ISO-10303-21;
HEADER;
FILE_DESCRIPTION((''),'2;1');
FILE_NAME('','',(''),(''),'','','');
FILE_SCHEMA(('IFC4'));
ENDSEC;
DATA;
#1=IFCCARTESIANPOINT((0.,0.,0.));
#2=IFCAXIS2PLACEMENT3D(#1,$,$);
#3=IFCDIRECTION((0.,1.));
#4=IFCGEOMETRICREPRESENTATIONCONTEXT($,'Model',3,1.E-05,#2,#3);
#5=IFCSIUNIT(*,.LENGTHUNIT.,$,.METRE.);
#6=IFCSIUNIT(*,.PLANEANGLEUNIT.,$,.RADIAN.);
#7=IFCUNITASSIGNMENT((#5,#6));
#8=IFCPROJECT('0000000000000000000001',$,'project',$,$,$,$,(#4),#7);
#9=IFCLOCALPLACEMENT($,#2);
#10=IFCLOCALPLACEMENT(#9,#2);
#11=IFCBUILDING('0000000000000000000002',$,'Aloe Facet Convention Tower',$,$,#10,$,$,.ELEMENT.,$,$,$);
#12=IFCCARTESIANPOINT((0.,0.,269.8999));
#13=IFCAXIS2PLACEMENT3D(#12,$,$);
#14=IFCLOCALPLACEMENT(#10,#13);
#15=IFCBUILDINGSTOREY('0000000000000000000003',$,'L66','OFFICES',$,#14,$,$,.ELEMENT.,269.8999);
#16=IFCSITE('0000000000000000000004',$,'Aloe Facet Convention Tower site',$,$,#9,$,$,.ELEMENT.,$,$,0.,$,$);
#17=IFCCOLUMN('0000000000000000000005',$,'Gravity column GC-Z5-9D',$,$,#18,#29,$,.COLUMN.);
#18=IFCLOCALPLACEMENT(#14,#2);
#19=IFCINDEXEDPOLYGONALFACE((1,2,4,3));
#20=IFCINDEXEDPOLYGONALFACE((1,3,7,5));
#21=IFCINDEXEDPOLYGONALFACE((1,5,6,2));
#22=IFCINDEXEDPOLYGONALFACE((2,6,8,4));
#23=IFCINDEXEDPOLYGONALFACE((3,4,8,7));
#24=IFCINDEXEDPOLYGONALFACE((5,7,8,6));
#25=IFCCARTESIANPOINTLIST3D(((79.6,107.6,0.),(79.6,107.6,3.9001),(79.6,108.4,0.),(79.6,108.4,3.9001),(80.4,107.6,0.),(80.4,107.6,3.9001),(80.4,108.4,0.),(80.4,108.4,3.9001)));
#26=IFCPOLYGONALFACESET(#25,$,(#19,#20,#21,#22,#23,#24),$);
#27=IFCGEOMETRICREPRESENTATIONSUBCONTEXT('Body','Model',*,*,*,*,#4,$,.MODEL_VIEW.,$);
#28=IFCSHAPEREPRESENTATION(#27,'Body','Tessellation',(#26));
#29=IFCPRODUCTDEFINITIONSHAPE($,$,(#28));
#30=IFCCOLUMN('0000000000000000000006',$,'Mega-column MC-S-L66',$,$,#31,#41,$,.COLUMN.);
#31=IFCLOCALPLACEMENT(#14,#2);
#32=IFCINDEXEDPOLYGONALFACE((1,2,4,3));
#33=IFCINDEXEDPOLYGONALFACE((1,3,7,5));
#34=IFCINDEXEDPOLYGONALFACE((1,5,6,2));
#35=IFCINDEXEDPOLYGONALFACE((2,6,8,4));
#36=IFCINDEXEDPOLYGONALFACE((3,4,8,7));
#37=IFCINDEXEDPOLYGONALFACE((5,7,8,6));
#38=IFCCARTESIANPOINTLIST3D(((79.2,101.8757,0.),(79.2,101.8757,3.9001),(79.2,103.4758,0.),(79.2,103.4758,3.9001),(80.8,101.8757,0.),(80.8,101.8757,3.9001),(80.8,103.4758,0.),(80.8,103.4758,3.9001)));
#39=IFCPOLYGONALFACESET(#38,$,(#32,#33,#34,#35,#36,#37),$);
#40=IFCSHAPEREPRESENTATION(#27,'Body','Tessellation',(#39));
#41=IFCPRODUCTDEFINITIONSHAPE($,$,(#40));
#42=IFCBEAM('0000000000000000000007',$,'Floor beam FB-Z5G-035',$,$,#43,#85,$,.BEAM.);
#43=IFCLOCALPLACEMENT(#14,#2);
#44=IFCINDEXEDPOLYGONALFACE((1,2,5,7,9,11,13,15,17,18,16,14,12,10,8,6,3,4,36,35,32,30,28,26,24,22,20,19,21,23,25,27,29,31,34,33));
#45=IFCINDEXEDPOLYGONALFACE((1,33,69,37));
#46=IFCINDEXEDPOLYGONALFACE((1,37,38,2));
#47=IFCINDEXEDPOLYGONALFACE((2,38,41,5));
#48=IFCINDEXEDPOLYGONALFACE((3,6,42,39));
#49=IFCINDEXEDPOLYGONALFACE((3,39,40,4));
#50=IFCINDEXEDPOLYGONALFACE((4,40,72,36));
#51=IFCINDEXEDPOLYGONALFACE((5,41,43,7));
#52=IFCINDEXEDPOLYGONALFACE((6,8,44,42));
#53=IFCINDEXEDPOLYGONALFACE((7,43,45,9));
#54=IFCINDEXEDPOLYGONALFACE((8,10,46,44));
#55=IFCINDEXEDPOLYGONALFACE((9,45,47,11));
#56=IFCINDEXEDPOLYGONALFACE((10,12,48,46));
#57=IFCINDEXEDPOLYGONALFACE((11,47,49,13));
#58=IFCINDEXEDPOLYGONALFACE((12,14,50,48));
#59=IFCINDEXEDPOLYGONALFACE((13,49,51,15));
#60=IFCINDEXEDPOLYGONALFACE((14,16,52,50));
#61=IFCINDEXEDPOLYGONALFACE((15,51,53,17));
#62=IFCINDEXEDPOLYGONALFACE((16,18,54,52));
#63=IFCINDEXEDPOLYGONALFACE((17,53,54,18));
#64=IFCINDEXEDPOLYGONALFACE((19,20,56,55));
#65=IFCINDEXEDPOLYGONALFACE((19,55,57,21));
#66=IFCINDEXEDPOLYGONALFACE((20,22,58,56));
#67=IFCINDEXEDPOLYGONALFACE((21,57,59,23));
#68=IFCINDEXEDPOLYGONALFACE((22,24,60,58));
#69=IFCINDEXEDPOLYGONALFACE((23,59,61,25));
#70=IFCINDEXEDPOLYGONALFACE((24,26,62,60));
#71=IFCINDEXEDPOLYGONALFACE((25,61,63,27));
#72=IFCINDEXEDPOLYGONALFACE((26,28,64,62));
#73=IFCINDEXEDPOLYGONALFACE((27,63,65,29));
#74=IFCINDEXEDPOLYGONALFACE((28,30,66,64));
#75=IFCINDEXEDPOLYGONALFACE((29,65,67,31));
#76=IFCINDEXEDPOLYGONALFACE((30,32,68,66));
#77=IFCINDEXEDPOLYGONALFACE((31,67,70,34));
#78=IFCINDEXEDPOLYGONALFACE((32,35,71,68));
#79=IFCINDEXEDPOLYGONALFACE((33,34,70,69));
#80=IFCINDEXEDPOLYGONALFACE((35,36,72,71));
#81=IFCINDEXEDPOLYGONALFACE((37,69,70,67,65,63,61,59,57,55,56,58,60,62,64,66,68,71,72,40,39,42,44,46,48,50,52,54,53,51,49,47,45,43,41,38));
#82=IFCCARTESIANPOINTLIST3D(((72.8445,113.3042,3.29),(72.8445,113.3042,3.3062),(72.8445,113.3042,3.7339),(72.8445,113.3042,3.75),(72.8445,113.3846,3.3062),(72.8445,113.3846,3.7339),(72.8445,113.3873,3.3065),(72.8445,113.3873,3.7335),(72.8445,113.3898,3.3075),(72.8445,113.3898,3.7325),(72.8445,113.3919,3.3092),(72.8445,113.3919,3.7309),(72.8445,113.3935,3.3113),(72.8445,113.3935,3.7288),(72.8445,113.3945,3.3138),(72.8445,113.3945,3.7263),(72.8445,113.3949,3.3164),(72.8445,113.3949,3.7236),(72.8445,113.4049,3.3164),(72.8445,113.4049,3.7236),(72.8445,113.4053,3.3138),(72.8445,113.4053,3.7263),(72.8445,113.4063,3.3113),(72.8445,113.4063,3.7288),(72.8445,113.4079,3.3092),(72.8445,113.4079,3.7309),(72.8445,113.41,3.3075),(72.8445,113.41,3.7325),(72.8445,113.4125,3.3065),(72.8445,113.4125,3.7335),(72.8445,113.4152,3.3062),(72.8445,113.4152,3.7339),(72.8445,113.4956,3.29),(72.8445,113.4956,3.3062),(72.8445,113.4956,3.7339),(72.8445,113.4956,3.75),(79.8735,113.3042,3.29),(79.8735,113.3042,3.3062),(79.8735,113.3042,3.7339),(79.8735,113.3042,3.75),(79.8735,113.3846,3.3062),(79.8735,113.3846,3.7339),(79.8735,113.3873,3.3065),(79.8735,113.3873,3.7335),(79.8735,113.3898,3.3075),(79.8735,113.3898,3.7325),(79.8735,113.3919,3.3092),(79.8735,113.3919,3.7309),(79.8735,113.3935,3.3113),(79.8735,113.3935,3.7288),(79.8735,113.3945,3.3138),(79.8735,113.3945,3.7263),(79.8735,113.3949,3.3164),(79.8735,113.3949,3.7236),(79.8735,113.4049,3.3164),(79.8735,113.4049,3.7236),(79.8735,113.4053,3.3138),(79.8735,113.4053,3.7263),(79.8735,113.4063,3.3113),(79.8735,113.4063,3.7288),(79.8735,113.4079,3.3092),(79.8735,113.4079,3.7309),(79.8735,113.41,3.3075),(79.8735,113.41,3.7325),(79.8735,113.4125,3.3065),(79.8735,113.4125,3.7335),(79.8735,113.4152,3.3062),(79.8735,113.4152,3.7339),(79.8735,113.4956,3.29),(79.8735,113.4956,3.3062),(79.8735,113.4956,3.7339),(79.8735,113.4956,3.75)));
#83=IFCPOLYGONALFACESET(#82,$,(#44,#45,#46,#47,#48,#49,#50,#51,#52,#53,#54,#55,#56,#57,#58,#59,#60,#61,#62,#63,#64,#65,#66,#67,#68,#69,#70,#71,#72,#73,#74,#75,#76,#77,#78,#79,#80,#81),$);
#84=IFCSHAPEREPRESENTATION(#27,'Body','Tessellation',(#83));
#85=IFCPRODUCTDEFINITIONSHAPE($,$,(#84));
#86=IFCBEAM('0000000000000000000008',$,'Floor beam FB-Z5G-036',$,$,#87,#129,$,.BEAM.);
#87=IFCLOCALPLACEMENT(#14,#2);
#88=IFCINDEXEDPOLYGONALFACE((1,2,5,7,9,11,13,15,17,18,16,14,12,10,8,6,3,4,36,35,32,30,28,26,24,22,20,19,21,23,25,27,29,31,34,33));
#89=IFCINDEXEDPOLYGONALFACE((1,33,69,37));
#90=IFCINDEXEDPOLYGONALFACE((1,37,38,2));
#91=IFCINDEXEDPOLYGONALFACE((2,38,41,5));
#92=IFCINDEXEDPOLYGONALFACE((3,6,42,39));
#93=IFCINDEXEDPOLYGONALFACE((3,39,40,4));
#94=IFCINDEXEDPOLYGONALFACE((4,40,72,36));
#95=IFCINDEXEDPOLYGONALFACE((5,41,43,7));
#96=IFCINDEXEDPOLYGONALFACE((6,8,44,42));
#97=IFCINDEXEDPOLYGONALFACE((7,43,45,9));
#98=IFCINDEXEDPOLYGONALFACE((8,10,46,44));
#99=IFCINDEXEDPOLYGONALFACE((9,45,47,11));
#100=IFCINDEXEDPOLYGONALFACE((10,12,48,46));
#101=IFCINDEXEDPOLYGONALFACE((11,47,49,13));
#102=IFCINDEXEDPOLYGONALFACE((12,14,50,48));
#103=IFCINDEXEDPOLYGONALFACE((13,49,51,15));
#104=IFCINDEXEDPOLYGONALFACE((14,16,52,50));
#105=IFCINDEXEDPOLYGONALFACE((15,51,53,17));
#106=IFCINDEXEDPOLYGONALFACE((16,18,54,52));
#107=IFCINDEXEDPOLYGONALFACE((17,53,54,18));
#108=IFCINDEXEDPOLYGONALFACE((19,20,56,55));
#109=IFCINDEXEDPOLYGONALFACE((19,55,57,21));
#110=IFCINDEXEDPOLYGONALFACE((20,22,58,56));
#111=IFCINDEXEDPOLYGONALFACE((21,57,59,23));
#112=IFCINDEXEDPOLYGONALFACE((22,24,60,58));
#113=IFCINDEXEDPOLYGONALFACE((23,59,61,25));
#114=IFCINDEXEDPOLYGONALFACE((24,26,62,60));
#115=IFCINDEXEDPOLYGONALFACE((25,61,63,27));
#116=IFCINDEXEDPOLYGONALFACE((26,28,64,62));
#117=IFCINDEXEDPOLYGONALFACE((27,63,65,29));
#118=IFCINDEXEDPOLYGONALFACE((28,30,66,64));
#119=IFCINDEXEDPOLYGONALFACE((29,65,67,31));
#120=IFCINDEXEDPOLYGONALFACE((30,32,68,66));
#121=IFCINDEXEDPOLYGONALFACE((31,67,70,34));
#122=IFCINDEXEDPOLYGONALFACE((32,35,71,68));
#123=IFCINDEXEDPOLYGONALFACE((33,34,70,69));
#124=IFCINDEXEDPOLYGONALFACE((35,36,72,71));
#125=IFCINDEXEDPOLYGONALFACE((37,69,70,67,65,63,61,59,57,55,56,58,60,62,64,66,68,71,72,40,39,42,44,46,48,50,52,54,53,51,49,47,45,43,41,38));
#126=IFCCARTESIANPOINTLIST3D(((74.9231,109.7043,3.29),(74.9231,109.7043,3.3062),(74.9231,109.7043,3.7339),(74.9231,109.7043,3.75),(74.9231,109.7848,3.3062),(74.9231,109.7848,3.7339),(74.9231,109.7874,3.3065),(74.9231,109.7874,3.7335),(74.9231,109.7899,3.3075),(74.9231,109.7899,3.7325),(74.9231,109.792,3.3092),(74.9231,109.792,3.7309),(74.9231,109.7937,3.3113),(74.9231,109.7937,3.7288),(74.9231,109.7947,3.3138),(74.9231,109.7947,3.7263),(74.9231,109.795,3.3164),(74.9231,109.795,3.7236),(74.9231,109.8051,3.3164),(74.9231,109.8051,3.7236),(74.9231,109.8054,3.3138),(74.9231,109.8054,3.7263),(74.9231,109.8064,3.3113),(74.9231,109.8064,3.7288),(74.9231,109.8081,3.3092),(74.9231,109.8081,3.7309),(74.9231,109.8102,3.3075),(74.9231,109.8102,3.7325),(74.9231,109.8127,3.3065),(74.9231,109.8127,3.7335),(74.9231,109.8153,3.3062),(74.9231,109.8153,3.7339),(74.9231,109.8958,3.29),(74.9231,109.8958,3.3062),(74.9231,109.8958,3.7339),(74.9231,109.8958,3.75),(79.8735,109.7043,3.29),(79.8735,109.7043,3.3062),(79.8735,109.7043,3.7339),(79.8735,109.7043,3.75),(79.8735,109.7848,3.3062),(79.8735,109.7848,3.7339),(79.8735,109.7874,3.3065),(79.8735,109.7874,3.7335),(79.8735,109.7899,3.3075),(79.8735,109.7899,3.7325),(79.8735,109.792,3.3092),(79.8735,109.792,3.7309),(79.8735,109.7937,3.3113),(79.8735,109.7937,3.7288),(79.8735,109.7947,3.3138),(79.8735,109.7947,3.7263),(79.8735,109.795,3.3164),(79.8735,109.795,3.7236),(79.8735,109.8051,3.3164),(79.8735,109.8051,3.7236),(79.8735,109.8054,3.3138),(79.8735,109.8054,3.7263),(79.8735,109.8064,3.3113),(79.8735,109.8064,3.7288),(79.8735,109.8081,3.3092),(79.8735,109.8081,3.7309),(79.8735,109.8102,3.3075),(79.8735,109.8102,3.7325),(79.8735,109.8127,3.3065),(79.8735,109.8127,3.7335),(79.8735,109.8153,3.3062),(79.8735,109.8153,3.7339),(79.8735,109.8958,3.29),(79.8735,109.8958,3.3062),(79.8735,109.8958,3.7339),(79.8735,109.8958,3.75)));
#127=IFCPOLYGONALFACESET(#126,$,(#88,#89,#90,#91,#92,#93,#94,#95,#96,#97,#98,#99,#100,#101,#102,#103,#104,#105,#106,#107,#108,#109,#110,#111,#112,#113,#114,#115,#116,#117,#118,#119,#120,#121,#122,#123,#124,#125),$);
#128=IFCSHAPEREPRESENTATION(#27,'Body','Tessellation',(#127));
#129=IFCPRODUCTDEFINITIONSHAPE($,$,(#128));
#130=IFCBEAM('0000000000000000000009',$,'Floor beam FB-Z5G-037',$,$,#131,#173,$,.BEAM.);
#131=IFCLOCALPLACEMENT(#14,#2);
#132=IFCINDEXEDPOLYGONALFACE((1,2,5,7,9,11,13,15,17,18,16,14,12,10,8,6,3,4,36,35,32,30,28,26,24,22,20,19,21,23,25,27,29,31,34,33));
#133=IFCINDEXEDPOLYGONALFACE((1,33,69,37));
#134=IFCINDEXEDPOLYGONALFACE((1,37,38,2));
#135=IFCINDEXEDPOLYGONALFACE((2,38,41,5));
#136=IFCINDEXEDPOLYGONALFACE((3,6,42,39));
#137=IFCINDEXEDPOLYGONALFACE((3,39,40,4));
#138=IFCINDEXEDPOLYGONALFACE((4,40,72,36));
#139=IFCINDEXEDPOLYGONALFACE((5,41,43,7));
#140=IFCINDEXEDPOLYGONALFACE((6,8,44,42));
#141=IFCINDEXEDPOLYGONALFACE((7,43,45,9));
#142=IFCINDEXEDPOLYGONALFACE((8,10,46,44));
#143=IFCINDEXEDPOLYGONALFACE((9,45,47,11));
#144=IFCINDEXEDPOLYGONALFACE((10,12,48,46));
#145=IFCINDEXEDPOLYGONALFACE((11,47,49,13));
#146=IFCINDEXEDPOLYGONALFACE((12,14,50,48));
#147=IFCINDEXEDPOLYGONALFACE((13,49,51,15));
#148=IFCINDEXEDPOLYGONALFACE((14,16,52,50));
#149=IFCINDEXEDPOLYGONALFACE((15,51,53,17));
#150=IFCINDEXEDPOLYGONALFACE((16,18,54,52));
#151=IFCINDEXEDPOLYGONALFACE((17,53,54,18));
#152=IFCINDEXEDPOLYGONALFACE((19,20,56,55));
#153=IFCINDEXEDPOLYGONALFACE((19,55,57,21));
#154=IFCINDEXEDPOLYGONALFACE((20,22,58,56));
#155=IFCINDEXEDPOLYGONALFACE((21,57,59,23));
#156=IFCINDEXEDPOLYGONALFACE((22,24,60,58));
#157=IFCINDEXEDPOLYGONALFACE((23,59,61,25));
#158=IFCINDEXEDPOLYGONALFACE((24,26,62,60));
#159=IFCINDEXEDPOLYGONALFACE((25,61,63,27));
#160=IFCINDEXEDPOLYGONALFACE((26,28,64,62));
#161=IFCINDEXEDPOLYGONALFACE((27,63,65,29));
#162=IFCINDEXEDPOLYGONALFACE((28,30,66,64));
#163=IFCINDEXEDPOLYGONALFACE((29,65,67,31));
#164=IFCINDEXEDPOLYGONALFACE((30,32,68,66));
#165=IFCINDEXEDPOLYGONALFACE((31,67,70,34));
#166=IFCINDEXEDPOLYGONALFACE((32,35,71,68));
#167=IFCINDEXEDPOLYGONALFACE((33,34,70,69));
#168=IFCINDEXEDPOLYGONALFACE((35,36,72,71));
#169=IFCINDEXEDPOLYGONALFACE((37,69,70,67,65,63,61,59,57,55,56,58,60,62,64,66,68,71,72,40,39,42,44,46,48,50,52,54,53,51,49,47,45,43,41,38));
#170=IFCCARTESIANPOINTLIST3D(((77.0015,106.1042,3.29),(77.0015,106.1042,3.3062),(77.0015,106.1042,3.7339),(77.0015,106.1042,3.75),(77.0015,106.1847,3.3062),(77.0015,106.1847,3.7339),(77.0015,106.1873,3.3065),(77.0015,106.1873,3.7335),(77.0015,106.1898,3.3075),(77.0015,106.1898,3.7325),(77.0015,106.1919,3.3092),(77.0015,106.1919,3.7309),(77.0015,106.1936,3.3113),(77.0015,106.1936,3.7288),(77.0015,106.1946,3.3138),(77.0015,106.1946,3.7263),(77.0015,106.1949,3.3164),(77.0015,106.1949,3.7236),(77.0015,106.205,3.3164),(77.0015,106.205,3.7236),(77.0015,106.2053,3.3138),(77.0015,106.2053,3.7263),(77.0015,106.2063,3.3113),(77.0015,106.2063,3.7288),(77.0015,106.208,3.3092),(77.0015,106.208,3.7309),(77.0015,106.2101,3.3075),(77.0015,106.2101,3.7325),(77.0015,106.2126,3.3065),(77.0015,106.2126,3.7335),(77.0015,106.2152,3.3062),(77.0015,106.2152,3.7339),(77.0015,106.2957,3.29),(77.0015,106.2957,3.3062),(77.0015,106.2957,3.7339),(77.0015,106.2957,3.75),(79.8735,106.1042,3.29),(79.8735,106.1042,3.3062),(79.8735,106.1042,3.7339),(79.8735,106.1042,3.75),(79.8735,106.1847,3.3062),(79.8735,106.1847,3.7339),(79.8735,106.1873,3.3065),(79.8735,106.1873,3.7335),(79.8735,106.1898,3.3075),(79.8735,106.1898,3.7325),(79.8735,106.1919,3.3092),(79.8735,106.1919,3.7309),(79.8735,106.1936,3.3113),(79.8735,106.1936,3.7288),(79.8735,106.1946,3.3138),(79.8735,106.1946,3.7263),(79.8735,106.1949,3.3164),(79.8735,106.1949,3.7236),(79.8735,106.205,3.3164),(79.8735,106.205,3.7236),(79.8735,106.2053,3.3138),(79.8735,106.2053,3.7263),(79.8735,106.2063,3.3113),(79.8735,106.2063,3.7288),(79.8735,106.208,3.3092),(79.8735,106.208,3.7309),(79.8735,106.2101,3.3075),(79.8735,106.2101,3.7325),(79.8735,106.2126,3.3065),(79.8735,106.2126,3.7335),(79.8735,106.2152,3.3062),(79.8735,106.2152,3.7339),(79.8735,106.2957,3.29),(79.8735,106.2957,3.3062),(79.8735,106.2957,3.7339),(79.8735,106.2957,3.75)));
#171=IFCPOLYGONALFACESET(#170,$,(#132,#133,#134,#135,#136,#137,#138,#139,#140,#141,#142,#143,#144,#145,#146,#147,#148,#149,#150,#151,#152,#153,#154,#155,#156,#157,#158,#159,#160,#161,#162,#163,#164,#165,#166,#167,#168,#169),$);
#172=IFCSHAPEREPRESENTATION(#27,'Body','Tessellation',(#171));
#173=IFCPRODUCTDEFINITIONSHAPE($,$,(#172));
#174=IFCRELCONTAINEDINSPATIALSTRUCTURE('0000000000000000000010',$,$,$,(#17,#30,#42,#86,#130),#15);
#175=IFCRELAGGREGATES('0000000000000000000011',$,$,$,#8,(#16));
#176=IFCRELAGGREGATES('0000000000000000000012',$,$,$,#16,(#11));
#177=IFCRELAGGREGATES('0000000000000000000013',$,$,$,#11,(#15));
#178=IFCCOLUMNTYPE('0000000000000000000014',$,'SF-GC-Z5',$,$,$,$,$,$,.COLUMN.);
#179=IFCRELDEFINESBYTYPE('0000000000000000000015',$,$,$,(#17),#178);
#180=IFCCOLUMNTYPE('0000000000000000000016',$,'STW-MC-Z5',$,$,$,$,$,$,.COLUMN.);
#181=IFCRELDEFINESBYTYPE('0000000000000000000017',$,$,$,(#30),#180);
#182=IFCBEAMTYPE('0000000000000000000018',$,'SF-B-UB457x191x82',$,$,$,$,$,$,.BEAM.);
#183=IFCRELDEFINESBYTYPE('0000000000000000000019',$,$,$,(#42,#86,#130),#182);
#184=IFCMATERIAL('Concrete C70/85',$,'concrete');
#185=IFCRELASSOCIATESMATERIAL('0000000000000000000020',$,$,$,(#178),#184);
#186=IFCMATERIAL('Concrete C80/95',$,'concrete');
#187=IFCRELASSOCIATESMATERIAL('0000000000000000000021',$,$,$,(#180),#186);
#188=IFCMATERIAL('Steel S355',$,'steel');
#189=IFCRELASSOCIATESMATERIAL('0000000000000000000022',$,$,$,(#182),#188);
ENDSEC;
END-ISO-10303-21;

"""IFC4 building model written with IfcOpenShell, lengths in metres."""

from ifc_helpers import new_model, si_unit, direction, frame, origin, origin_2d, place, context, subcontext, project, spatial, rectangle, i_section, extrude, material, material_profile, profile_set, type_object, element, save


model = new_model("IFC4")

# Units and contexts
model_context = context("Model", 3, precision=1e-05, world=origin(), true_north=direction((0.0, 1.0)))
body_context = subcontext(model_context, "Body", "Model", "MODEL_VIEW")
ifc_project = project(units=[si_unit("LENGTHUNIT", "METRE"), si_unit("PLANEANGLEUNIT", "RADIAN")], contexts=[model_context])

# Site, building, storey
site_placement = place(None, origin())
site = spatial("IfcSite", under=ifc_project, at=site_placement, Name="Aloe Facet Convention Tower site", CompositionType="ELEMENT", RefElevation=0.0)
building_placement = place(site_placement, origin())
building = spatial("IfcBuilding", under=site, at=building_placement, Name="Aloe Facet Convention Tower", CompositionType="ELEMENT")
storey_placement = place(building_placement, frame((0.0, 0.0, 269.8999)))
storey = spatial("IfcBuildingStorey", under=building, at=storey_placement, Name="L66", Description="OFFICES", CompositionType="ELEMENT", Elevation=269.8999)

# Columns
ifc_material_1 = material(Name="Concrete C70/85", Category="concrete")
ifc_material_profile_1 = material_profile(ifc_material_1, rectangle(XDim=0.8, YDim=0.8, at=origin_2d()), Name="SF-GC-Z5")
ifc_profile_set_1 = profile_set([ifc_material_profile_1], Name="Concrete C70/85")
column_type_1 = type_object("IfcColumnType", Name="SF-GC-Z5", PredefinedType="COLUMN", material=ifc_profile_set_1)
column_1_placement = place(storey_placement, frame((80.0, 108.0, 0.0), z_axis=(0.0, 0.0, 1.0), x_axis=(1.0, 0.0, 0.0)))
element("IfcColumn", 1, at=column_1_placement, inside=storey, type_object=column_type_1, Name="Gravity column GC-Z5-9D", PredefinedType="COLUMN", context=body_context, shape_type="SweptSolid", body=[
    extrude(rectangle(XDim=0.8, YDim=0.8, at=origin_2d()), origin(), (0.0, 0.0, 1.0), 3.9001),
])
ifc_material_2 = material(Name="Concrete C80/95", Category="concrete")
ifc_material_profile_2 = material_profile(ifc_material_2, rectangle(XDim=1.6001, YDim=1.6001, at=origin_2d()), Name="STW-MC-Z5")
ifc_profile_set_2 = profile_set([ifc_material_profile_2], Name="Concrete C80/95")
column_type_2 = type_object("IfcColumnType", Name="STW-MC-Z5", PredefinedType="COLUMN", material=ifc_profile_set_2)
column_2_placement = place(storey_placement, frame((80.0, 102.6758, 0.0), z_axis=(0.0, 0.0, 1.0), x_axis=(1.0, 0.0, 0.0)))
element("IfcColumn", 2, at=column_2_placement, inside=storey, type_object=column_type_2, Name="Mega-column MC-S-L66", PredefinedType="COLUMN", context=body_context, shape_type="SweptSolid", body=[
    extrude(rectangle(XDim=1.6001, YDim=1.6001, at=origin_2d()), origin(), (0.0, 0.0, 1.0), 3.9001),
])

# Beams
ifc_material_3 = material(Name="Steel S355", Category="steel")
ifc_material_profile_3 = material_profile(ifc_material_3, i_section(OverallWidth=0.1914, OverallDepth=0.46, WebThickness=0.01, FlangeThickness=0.0161, FilletRadius=0.0103, at=origin_2d()), Name="UB 457x191x82")
ifc_profile_set_3 = profile_set([ifc_material_profile_3], Name="Steel S355")
beam_type_1 = type_object("IfcBeamType", Name="SF-B-UB457x191x82", PredefinedType="BEAM", material=ifc_profile_set_3)
beam_1_placement = place(storey_placement, frame((72.8445, 113.3999, 3.52), z_axis=(1.0, 0.0, 0.0), x_axis=(0.0, 1.0, 0.0)))
element("IfcBeam", 3, at=beam_1_placement, inside=storey, type_object=beam_type_1, Name="Floor beam FB-Z5G-035", PredefinedType="BEAM", context=body_context, shape_type="SweptSolid", body=[
    extrude(i_section(OverallWidth=0.1914, OverallDepth=0.46, WebThickness=0.01, FlangeThickness=0.0161, FilletRadius=0.0103, at=origin_2d()), origin(), (0.0, 0.0, 1.0), 7.0291),
])
beam_2_placement = place(storey_placement, frame((74.9231, 109.8, 3.52), z_axis=(1.0, 0.0, 0.0), x_axis=(0.0, 1.0, 0.0)))
element("IfcBeam", 4, at=beam_2_placement, inside=storey, type_object=beam_type_1, Name="Floor beam FB-Z5G-036", PredefinedType="BEAM", context=body_context, shape_type="SweptSolid", body=[
    extrude(i_section(OverallWidth=0.1914, OverallDepth=0.46, WebThickness=0.01, FlangeThickness=0.0161, FilletRadius=0.0103, at=origin_2d()), origin(), (0.0, 0.0, 1.0), 4.9504),
])
for number, where, z_axis, x_axis, name in (
    (5, (77.0015, 106.2, 3.52), (1.0, 0.0, 0.0), (0.0, 1.0, 0.0), "Floor beam FB-Z5G-037"),
):
    element("IfcBeam", number, at=place(storey_placement, frame(where, z_axis=z_axis, x_axis=x_axis)), inside=storey, type_object=beam_type_1, Name=name, PredefinedType="BEAM", context=body_context, shape_type="SweptSolid", body=[
        extrude(i_section(OverallWidth=0.1914, OverallDepth=0.46, WebThickness=0.01, FlangeThickness=0.0161, FilletRadius=0.0103, at=origin_2d()), origin(), (0.0, 0.0, 1.0), 2.8721),
    ])

save(model, "model.ifc")
